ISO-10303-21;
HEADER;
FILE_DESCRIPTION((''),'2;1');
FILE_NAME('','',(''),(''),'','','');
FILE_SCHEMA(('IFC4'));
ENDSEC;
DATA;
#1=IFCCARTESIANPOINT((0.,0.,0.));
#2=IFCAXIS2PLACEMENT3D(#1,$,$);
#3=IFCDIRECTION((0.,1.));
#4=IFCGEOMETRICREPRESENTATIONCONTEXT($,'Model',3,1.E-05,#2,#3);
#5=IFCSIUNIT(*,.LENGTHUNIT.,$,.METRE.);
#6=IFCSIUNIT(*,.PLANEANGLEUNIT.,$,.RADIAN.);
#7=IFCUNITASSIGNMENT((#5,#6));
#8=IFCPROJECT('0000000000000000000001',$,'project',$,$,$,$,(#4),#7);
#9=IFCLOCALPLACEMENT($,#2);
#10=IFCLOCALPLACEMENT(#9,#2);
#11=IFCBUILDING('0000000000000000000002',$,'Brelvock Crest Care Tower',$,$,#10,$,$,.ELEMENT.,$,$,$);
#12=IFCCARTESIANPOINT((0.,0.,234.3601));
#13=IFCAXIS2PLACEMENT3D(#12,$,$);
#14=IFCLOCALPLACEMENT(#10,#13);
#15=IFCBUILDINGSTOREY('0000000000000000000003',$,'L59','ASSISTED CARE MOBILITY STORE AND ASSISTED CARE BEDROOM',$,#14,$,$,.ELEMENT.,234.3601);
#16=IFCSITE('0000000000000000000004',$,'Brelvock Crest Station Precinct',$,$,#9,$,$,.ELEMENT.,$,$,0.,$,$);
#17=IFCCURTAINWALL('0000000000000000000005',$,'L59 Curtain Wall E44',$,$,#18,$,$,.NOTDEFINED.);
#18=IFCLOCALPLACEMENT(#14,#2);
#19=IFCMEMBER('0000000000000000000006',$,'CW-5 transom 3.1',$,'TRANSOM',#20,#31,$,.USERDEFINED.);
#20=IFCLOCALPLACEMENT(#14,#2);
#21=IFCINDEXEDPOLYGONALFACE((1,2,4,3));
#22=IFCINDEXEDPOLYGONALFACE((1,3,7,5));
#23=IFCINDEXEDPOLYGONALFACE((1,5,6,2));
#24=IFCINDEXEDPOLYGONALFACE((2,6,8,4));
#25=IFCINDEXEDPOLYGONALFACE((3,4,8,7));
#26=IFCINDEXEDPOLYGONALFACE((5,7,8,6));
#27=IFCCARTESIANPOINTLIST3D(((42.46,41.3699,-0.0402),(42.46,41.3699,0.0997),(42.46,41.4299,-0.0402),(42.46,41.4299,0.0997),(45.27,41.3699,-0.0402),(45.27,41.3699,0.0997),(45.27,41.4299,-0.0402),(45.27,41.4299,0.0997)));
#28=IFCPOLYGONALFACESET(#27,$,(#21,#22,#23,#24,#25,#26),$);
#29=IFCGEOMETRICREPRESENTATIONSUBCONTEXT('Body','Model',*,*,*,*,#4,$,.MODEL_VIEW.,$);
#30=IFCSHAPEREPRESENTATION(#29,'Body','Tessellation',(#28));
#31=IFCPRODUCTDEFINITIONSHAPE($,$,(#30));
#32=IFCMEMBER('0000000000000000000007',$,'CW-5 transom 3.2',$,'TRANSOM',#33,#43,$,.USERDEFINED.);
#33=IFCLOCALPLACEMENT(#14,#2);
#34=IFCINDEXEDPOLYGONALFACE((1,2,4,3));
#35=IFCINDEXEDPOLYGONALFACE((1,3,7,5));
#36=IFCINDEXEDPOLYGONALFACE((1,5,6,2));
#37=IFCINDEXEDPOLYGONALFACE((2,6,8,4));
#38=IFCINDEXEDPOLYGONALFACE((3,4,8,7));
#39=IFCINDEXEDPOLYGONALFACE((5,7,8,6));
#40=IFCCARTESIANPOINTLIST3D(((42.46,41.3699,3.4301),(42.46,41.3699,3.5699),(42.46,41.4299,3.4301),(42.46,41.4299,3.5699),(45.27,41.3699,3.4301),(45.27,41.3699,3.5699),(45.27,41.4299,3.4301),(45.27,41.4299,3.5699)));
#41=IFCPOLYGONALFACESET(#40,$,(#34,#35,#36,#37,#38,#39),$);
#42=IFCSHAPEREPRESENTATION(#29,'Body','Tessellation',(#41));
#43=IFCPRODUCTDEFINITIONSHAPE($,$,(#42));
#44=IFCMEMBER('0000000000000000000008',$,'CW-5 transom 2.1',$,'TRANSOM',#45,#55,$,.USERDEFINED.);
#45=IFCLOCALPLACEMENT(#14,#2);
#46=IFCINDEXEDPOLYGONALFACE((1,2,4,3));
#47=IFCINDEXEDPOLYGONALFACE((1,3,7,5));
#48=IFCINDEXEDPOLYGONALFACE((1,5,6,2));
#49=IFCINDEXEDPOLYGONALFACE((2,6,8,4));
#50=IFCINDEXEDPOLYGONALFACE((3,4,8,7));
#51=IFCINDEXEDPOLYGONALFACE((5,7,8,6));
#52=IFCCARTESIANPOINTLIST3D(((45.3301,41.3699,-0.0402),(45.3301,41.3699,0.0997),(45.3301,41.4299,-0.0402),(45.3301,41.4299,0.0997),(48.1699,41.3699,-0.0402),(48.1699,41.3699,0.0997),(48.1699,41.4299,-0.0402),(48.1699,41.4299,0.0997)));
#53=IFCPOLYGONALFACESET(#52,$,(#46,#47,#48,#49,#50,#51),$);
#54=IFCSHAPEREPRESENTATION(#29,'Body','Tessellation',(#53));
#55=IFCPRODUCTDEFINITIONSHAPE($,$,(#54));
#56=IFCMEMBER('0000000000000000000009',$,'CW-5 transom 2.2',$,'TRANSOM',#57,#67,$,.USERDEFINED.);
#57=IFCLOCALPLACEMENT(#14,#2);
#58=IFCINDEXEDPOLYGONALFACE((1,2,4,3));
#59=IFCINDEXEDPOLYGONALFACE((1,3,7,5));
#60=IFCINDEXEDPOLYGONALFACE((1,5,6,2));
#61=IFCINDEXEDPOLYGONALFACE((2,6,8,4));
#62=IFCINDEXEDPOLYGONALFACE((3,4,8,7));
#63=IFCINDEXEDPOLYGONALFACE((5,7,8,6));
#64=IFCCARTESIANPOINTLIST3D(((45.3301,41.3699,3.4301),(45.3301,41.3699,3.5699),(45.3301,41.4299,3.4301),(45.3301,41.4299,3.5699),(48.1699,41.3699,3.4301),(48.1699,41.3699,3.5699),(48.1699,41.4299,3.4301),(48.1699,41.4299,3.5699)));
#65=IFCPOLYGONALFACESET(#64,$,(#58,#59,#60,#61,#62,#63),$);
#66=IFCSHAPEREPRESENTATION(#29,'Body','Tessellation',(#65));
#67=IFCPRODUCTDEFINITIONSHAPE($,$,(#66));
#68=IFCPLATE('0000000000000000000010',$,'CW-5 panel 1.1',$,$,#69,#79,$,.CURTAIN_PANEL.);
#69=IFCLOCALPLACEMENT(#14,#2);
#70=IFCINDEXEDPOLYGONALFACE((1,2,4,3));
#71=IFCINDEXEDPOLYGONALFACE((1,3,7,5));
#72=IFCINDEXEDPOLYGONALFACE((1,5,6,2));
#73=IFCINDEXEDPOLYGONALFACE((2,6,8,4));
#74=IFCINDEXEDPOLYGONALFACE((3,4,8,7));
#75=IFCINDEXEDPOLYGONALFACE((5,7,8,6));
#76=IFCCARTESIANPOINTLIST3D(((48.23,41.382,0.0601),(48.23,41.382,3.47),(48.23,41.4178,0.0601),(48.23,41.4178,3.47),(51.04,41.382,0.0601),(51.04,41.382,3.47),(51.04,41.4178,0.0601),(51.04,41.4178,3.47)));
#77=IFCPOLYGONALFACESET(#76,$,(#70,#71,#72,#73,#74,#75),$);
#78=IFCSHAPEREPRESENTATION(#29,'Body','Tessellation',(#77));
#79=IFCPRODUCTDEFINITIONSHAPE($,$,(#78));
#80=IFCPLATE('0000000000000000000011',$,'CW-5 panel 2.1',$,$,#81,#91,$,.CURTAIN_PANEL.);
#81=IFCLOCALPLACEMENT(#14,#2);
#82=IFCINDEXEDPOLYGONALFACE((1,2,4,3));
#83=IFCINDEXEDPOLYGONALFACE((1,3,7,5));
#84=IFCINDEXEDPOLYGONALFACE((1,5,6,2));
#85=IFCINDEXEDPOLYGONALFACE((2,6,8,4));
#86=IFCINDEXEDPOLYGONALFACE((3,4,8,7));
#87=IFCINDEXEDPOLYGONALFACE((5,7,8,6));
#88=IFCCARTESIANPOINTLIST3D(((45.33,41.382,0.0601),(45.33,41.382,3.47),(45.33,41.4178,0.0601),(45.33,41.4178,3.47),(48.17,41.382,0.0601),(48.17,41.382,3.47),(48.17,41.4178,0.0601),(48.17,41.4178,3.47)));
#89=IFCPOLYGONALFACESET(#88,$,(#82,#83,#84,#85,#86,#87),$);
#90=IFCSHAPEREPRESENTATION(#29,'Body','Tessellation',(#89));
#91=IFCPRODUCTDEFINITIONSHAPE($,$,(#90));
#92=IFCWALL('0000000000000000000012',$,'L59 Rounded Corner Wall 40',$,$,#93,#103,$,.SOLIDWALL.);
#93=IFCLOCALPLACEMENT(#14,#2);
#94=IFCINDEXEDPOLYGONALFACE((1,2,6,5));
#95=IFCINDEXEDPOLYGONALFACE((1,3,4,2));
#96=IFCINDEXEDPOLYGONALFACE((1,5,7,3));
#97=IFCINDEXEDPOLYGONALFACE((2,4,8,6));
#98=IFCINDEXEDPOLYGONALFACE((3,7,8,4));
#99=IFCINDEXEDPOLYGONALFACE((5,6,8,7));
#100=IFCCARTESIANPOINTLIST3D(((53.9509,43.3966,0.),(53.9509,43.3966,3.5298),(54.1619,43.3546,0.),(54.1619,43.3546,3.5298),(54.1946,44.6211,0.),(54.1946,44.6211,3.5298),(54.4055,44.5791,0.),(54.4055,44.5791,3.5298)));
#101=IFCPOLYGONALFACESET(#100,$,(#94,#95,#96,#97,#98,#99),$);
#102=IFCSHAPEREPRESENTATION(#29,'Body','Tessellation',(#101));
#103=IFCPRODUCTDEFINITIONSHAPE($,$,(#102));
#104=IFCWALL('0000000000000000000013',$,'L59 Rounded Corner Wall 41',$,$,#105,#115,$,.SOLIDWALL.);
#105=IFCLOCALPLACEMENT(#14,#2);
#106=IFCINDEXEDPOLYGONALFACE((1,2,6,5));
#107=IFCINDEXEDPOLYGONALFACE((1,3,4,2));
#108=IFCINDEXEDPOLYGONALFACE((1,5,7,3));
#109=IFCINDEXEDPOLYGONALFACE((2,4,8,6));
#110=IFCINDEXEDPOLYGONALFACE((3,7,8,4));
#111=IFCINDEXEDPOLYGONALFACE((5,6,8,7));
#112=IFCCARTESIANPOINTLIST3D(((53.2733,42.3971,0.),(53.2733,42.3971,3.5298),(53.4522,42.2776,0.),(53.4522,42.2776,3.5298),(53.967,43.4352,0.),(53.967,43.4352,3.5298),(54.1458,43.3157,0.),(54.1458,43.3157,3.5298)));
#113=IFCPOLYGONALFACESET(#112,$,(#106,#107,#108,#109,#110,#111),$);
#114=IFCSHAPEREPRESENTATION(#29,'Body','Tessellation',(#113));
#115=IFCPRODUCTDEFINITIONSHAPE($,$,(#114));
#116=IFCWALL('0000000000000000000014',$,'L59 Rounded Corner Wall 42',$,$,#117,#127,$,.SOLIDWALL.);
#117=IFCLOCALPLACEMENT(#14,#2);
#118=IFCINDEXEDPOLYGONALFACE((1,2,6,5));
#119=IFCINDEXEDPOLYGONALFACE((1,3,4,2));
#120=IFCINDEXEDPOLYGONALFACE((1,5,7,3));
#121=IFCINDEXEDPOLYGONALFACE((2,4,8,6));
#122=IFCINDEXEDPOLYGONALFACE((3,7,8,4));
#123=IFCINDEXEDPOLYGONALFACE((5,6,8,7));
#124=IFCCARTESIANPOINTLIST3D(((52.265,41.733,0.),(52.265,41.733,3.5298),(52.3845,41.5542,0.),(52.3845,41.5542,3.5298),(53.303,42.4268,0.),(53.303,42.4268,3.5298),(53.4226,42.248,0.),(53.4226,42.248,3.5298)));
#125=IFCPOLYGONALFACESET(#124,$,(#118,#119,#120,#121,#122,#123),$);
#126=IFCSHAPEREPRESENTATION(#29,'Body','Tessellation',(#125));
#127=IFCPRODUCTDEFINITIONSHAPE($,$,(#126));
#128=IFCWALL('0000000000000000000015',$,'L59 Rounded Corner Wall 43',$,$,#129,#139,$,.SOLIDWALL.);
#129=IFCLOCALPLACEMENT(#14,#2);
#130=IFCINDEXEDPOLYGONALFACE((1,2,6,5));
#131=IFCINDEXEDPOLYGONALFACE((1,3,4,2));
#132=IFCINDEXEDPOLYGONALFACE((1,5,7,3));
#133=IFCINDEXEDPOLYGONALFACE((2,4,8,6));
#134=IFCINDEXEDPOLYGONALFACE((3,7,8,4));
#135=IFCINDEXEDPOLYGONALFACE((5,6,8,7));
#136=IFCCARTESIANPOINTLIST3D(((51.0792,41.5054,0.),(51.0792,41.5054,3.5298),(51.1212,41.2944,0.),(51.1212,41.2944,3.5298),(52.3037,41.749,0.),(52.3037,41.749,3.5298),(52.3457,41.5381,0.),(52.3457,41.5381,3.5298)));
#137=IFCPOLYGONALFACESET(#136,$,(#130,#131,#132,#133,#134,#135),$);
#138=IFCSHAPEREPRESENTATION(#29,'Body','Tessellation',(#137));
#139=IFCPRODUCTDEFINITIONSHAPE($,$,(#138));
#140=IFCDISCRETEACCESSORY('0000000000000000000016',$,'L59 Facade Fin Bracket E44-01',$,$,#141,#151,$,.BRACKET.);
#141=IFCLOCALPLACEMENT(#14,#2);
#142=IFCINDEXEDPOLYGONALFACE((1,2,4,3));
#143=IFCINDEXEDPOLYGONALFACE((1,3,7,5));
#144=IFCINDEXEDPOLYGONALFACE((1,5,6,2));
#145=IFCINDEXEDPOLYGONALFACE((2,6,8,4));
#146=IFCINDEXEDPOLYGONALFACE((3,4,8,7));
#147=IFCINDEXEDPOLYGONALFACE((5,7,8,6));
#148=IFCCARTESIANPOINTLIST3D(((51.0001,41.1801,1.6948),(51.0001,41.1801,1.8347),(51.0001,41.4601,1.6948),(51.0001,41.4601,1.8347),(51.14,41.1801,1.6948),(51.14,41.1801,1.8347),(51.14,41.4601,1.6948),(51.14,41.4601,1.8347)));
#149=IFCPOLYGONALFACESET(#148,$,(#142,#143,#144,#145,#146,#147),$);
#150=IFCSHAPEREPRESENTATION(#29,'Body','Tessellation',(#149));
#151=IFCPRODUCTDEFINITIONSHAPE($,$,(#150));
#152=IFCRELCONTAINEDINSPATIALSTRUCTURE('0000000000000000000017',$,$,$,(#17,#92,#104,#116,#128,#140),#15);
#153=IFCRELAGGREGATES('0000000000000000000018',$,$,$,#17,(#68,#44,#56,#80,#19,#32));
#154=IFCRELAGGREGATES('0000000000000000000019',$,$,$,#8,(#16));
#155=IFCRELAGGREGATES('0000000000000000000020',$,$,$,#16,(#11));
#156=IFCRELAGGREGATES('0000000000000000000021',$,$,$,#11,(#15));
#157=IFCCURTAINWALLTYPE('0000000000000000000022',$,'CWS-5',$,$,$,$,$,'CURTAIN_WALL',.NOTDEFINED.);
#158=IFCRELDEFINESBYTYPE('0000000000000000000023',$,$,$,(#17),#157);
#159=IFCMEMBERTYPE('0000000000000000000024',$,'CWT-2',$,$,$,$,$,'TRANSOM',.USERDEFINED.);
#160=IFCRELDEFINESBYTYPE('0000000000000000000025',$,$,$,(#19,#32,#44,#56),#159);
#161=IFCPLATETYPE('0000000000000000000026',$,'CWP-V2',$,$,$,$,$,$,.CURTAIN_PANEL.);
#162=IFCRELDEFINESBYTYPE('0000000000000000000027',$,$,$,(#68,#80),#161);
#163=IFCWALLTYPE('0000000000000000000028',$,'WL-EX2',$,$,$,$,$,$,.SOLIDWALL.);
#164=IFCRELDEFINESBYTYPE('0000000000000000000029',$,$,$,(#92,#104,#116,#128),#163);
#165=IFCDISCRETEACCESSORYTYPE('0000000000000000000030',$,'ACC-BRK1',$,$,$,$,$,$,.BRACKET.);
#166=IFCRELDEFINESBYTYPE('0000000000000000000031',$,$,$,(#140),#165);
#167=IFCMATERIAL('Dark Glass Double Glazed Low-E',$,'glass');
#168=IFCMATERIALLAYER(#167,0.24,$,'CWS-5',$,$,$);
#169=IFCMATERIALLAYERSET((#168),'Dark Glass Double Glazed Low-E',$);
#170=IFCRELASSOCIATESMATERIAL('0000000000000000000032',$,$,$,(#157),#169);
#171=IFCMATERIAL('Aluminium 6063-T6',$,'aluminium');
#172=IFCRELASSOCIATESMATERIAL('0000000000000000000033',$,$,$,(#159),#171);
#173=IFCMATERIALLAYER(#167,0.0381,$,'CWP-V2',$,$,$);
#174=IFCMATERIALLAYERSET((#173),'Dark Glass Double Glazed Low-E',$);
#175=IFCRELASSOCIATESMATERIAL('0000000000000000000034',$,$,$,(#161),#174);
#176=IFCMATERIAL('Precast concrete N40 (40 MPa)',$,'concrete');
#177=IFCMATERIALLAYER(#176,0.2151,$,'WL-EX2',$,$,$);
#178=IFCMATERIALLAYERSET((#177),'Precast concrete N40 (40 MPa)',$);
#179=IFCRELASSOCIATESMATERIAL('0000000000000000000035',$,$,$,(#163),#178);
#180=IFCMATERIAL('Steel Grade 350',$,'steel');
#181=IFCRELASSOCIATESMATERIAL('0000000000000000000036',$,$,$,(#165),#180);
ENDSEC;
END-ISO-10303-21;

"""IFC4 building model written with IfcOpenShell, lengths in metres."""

from ifc_helpers import new_model, si_unit, direction, frame, frame_2d, origin, origin_2d, place, context, subcontext, project, spatial, rectangle, extrude, source, transform, mapped, material, layer, layer_set, material_profile, profile_set, type_object, element, aggregate, save


model = new_model("IFC4")

# Units and contexts
model_context = context("Model", 3, precision=1e-05, world=origin(), true_north=direction((0.0, 1.0)))
body_context = subcontext(model_context, "Body", "Model", "MODEL_VIEW")
ifc_project = project(units=[si_unit("LENGTHUNIT", "METRE"), si_unit("PLANEANGLEUNIT", "RADIAN")], contexts=[model_context])

# Site, building, storey
site_placement = place(None, origin())
site = spatial("IfcSite", under=ifc_project, at=site_placement, Name="Brelvock Crest Station Precinct", CompositionType="ELEMENT", RefElevation=0.0)
building_placement = place(site_placement, origin())
building = spatial("IfcBuilding", under=site, at=building_placement, Name="Brelvock Crest Care Tower", CompositionType="ELEMENT")
storey_placement = place(building_placement, frame((0.0, 0.0, 234.3601)))
storey = spatial("IfcBuildingStorey", under=building, at=storey_placement, Name="L59", Description="ASSISTED CARE MOBILITY STORE AND ASSISTED CARE BEDROOM", CompositionType="ELEMENT", Elevation=234.3601)

# Shared definitions
ifc_material_1 = material(Name="Steel Grade 350", Category="steel")

# Curtain wall, members, plates
ifc_material_2 = material(Name="Dark Glass Double Glazed Low-E", Category="glass")
ifc_layer_1 = layer(ifc_material_2, 0.24, Name="CWS-5")
ifc_layer_set_1 = layer_set([ifc_layer_1], Name="Dark Glass Double Glazed Low-E")
curtain_wall_type = type_object("IfcCurtainWallType", Name="CWS-5", ElementType="CURTAIN_WALL", PredefinedType="NOTDEFINED", material=ifc_layer_set_1)
curtain_wall_placement = place(storey_placement, origin())
curtain_wall = element("IfcCurtainWall", 1, at=curtain_wall_placement, inside=storey, type_object=curtain_wall_type, Name="L59 Curtain Wall E44", PredefinedType="NOTDEFINED")
ifc_material_3 = material(Name="Aluminium 6063-T6", Category="aluminium")
ifc_material_profile_1 = material_profile(ifc_material_3, rectangle(XDim=0.0601, YDim=0.1399, at=origin_2d()), Name="ALU60x140")
ifc_profile_set_1 = profile_set([ifc_material_profile_1], Name="Aluminium 6063-T6")
member_type_1 = type_object("IfcMemberType", Name="CWT-2", ElementType="TRANSOM", PredefinedType="USERDEFINED", material=ifc_profile_set_1)
shared_shape_1 = source(origin(), body_context, "Body", "SweptSolid", [
    extrude(rectangle(XDim=0.0601, YDim=0.1399, at=origin_2d()), origin(), (0.0, 0.0, 1.0), 2.8101),
])
member_1_placement = place(storey_placement, frame((45.27, 41.3999, 0.0298), z_axis=(-1.0, 0.0, 0.0), x_axis=(0.0, -1.0, 0.0)))
member_1 = element("IfcMember", 2, at=member_1_placement, type_object=member_type_1, Name="CW-5 transom 3.1", ObjectType="TRANSOM", PredefinedType="USERDEFINED", context=body_context, shape_type="MappedRepresentation", body=[
    mapped(shared_shape_1, transform((0.0, 0.0, 0.0), x_axis=(1.0, 0.0, 0.0), y_axis=(0.0, 1.0, 0.0), z_axis=(0.0, 0.0, 1.0), scale=1.0)),
])
member_2_placement = place(storey_placement, frame((45.27, 41.3999, 3.5), z_axis=(-1.0, 0.0, 0.0), x_axis=(0.0, -1.0, 0.0)))
member_2 = element("IfcMember", 3, at=member_2_placement, type_object=member_type_1, Name="CW-5 transom 3.2", ObjectType="TRANSOM", PredefinedType="USERDEFINED", context=body_context, shape_type="MappedRepresentation", body=[
    mapped(shared_shape_1, transform((0.0, 0.0, 0.0), x_axis=(1.0, 0.0, 0.0), y_axis=(0.0, 1.0, 0.0), z_axis=(0.0, 0.0, 1.0), scale=1.0)),
])
shared_shape_2 = source(origin(), body_context, "Body", "SweptSolid", [
    extrude(rectangle(XDim=0.0601, YDim=0.1399, at=origin_2d()), origin(), (0.0, 0.0, 1.0), 2.8398),
])
member_3_placement = place(storey_placement, frame((48.1699, 41.3999, 0.0298), z_axis=(-1.0, 0.0, 0.0), x_axis=(0.0, -1.0, 0.0)))
member_3 = element("IfcMember", 4, at=member_3_placement, type_object=member_type_1, Name="CW-5 transom 2.1", ObjectType="TRANSOM", PredefinedType="USERDEFINED", context=body_context, shape_type="MappedRepresentation", body=[
    mapped(shared_shape_2, transform((0.0, 0.0, 0.0), x_axis=(1.0, 0.0, 0.0), y_axis=(0.0, 1.0, 0.0), z_axis=(0.0, 0.0, 1.0), scale=1.0)),
])
member_4_placement = place(storey_placement, frame((48.1699, 41.3999, 3.5), z_axis=(-1.0, 0.0, 0.0), x_axis=(0.0, -1.0, 0.0)))
member_4 = element("IfcMember", 5, at=member_4_placement, type_object=member_type_1, Name="CW-5 transom 2.2", ObjectType="TRANSOM", PredefinedType="USERDEFINED", context=body_context, shape_type="MappedRepresentation", body=[
    mapped(shared_shape_2, transform((0.0, 0.0, 0.0), x_axis=(1.0, 0.0, 0.0), y_axis=(0.0, 1.0, 0.0), z_axis=(0.0, 0.0, 1.0), scale=1.0)),
])
ifc_layer_2 = layer(ifc_material_2, 0.0381, Name="CWP-V2")
ifc_layer_set_2 = layer_set([ifc_layer_2], Name="Dark Glass Double Glazed Low-E")
plate_type = type_object("IfcPlateType", Name="CWP-V2", PredefinedType="CURTAIN_PANEL", material=ifc_layer_set_2)
shared_shape_3 = source(origin(), body_context, "Body", "SweptSolid", [
    extrude(rectangle(XDim=2.8101, YDim=0.0359, at=origin_2d()), origin(), (0.0, 0.0, 1.0), 3.4099),
])
plate_1_placement = place(storey_placement, frame((49.635, 41.3999, 0.0601), z_axis=(0.0, 0.0, 1.0), x_axis=(-1.0, 0.0, 0.0)))
plate_1 = element("IfcPlate", 6, at=plate_1_placement, type_object=plate_type, Name="CW-5 panel 1.1", PredefinedType="CURTAIN_PANEL", context=body_context, shape_type="MappedRepresentation", body=[
    mapped(shared_shape_3, transform((0.0, 0.0, 0.0), x_axis=(1.0, 0.0, 0.0), y_axis=(0.0, 1.0, 0.0), z_axis=(0.0, 0.0, 1.0), scale=1.0)),
])
shared_shape_4 = source(origin(), body_context, "Body", "SweptSolid", [
    extrude(rectangle(XDim=2.8401, YDim=0.0359, at=origin_2d()), origin(), (0.0, 0.0, 1.0), 3.4099),
])
plate_2_placement = place(storey_placement, frame((46.75, 41.3999, 0.0601), z_axis=(0.0, 0.0, 1.0), x_axis=(-1.0, 0.0, 0.0)))
plate_2 = element("IfcPlate", 7, at=plate_2_placement, type_object=plate_type, Name="CW-5 panel 2.1", PredefinedType="CURTAIN_PANEL", context=body_context, shape_type="MappedRepresentation", body=[
    mapped(shared_shape_4, transform((0.0, 0.0, 0.0), x_axis=(1.0, 0.0, 0.0), y_axis=(0.0, 1.0, 0.0), z_axis=(0.0, 0.0, 1.0), scale=1.0)),
])
aggregate(curtain_wall, [plate_1, member_3, member_4, plate_2, member_1, member_2])

# Walls
ifc_material_4 = material(Name="Precast concrete N40 (40 MPa)", Category="concrete")
ifc_layer_3 = layer(ifc_material_4, 0.2151, Name="WL-EX2")
ifc_layer_set_3 = layer_set([ifc_layer_3], Name="Precast concrete N40 (40 MPa)")
wall_type = type_object("IfcWallType", Name="WL-EX2", PredefinedType="SOLIDWALL", material=ifc_layer_set_3)
for number, where, z_axis, x_axis, name in (
    (8, (54.3, 44.6001, 0.0), (0.0, 0.0, 1.0), (-0.195138, -0.980776, 0.0), "L59 Rounded Corner Wall 40"),
    (9, (54.0564, 43.3755, 0.0), (0.0, 0.0, 1.0), (-0.555557, -0.831478, 0.0), "L59 Rounded Corner Wall 41"),
    (10, (53.3628, 42.3374, 0.0), (0.0, 0.0, 1.0), (-0.831388, -0.555692, 0.0), "L59 Rounded Corner Wall 42"),
    (11, (52.3247, 41.6436, 0.0), (0.0, 0.0, 1.0), (-0.980776, -0.195138, 0.0), "L59 Rounded Corner Wall 43"),
):
    element("IfcWall", number, at=place(storey_placement, frame(where, z_axis=z_axis, x_axis=x_axis)), inside=storey, type_object=wall_type, Name=name, PredefinedType="SOLIDWALL", context=body_context, shape_type="SweptSolid", body=[
        extrude(rectangle(XDim=1.2485, YDim=0.2151, at=frame_2d((0.6243, 0.0))), origin(), (0.0, 0.0, 1.0), 3.5298),
    ])

# Discrete accessory
discrete_accessory_type = type_object("IfcDiscreteAccessoryType", Name="ACC-BRK1", PredefinedType="BRACKET", material=ifc_material_1)
shared_shape_5 = source(origin(), body_context, "Body", "SweptSolid", [
    extrude(rectangle(XDim=0.28, YDim=0.1399, at=origin_2d()), origin(), (0.0, 0.0, 1.0), 0.1399),
])
discrete_accessory_placement = place(storey_placement, frame((51.0701, 41.3201, 1.6948), z_axis=(0.0, 0.0, 1.0), x_axis=(0.0, -1.0, 0.0)))
element("IfcDiscreteAccessory", 12, at=discrete_accessory_placement, inside=storey, type_object=discrete_accessory_type, Name="L59 Facade Fin Bracket E44-01", PredefinedType="BRACKET", context=body_context, shape_type="MappedRepresentation", body=[
    mapped(shared_shape_5, transform((0.0, 0.0, 0.0), x_axis=(1.0, 0.0, 0.0), y_axis=(0.0, 1.0, 0.0), z_axis=(0.0, 0.0, 1.0), scale=1.0)),
])

save(model, "model.ifc")
